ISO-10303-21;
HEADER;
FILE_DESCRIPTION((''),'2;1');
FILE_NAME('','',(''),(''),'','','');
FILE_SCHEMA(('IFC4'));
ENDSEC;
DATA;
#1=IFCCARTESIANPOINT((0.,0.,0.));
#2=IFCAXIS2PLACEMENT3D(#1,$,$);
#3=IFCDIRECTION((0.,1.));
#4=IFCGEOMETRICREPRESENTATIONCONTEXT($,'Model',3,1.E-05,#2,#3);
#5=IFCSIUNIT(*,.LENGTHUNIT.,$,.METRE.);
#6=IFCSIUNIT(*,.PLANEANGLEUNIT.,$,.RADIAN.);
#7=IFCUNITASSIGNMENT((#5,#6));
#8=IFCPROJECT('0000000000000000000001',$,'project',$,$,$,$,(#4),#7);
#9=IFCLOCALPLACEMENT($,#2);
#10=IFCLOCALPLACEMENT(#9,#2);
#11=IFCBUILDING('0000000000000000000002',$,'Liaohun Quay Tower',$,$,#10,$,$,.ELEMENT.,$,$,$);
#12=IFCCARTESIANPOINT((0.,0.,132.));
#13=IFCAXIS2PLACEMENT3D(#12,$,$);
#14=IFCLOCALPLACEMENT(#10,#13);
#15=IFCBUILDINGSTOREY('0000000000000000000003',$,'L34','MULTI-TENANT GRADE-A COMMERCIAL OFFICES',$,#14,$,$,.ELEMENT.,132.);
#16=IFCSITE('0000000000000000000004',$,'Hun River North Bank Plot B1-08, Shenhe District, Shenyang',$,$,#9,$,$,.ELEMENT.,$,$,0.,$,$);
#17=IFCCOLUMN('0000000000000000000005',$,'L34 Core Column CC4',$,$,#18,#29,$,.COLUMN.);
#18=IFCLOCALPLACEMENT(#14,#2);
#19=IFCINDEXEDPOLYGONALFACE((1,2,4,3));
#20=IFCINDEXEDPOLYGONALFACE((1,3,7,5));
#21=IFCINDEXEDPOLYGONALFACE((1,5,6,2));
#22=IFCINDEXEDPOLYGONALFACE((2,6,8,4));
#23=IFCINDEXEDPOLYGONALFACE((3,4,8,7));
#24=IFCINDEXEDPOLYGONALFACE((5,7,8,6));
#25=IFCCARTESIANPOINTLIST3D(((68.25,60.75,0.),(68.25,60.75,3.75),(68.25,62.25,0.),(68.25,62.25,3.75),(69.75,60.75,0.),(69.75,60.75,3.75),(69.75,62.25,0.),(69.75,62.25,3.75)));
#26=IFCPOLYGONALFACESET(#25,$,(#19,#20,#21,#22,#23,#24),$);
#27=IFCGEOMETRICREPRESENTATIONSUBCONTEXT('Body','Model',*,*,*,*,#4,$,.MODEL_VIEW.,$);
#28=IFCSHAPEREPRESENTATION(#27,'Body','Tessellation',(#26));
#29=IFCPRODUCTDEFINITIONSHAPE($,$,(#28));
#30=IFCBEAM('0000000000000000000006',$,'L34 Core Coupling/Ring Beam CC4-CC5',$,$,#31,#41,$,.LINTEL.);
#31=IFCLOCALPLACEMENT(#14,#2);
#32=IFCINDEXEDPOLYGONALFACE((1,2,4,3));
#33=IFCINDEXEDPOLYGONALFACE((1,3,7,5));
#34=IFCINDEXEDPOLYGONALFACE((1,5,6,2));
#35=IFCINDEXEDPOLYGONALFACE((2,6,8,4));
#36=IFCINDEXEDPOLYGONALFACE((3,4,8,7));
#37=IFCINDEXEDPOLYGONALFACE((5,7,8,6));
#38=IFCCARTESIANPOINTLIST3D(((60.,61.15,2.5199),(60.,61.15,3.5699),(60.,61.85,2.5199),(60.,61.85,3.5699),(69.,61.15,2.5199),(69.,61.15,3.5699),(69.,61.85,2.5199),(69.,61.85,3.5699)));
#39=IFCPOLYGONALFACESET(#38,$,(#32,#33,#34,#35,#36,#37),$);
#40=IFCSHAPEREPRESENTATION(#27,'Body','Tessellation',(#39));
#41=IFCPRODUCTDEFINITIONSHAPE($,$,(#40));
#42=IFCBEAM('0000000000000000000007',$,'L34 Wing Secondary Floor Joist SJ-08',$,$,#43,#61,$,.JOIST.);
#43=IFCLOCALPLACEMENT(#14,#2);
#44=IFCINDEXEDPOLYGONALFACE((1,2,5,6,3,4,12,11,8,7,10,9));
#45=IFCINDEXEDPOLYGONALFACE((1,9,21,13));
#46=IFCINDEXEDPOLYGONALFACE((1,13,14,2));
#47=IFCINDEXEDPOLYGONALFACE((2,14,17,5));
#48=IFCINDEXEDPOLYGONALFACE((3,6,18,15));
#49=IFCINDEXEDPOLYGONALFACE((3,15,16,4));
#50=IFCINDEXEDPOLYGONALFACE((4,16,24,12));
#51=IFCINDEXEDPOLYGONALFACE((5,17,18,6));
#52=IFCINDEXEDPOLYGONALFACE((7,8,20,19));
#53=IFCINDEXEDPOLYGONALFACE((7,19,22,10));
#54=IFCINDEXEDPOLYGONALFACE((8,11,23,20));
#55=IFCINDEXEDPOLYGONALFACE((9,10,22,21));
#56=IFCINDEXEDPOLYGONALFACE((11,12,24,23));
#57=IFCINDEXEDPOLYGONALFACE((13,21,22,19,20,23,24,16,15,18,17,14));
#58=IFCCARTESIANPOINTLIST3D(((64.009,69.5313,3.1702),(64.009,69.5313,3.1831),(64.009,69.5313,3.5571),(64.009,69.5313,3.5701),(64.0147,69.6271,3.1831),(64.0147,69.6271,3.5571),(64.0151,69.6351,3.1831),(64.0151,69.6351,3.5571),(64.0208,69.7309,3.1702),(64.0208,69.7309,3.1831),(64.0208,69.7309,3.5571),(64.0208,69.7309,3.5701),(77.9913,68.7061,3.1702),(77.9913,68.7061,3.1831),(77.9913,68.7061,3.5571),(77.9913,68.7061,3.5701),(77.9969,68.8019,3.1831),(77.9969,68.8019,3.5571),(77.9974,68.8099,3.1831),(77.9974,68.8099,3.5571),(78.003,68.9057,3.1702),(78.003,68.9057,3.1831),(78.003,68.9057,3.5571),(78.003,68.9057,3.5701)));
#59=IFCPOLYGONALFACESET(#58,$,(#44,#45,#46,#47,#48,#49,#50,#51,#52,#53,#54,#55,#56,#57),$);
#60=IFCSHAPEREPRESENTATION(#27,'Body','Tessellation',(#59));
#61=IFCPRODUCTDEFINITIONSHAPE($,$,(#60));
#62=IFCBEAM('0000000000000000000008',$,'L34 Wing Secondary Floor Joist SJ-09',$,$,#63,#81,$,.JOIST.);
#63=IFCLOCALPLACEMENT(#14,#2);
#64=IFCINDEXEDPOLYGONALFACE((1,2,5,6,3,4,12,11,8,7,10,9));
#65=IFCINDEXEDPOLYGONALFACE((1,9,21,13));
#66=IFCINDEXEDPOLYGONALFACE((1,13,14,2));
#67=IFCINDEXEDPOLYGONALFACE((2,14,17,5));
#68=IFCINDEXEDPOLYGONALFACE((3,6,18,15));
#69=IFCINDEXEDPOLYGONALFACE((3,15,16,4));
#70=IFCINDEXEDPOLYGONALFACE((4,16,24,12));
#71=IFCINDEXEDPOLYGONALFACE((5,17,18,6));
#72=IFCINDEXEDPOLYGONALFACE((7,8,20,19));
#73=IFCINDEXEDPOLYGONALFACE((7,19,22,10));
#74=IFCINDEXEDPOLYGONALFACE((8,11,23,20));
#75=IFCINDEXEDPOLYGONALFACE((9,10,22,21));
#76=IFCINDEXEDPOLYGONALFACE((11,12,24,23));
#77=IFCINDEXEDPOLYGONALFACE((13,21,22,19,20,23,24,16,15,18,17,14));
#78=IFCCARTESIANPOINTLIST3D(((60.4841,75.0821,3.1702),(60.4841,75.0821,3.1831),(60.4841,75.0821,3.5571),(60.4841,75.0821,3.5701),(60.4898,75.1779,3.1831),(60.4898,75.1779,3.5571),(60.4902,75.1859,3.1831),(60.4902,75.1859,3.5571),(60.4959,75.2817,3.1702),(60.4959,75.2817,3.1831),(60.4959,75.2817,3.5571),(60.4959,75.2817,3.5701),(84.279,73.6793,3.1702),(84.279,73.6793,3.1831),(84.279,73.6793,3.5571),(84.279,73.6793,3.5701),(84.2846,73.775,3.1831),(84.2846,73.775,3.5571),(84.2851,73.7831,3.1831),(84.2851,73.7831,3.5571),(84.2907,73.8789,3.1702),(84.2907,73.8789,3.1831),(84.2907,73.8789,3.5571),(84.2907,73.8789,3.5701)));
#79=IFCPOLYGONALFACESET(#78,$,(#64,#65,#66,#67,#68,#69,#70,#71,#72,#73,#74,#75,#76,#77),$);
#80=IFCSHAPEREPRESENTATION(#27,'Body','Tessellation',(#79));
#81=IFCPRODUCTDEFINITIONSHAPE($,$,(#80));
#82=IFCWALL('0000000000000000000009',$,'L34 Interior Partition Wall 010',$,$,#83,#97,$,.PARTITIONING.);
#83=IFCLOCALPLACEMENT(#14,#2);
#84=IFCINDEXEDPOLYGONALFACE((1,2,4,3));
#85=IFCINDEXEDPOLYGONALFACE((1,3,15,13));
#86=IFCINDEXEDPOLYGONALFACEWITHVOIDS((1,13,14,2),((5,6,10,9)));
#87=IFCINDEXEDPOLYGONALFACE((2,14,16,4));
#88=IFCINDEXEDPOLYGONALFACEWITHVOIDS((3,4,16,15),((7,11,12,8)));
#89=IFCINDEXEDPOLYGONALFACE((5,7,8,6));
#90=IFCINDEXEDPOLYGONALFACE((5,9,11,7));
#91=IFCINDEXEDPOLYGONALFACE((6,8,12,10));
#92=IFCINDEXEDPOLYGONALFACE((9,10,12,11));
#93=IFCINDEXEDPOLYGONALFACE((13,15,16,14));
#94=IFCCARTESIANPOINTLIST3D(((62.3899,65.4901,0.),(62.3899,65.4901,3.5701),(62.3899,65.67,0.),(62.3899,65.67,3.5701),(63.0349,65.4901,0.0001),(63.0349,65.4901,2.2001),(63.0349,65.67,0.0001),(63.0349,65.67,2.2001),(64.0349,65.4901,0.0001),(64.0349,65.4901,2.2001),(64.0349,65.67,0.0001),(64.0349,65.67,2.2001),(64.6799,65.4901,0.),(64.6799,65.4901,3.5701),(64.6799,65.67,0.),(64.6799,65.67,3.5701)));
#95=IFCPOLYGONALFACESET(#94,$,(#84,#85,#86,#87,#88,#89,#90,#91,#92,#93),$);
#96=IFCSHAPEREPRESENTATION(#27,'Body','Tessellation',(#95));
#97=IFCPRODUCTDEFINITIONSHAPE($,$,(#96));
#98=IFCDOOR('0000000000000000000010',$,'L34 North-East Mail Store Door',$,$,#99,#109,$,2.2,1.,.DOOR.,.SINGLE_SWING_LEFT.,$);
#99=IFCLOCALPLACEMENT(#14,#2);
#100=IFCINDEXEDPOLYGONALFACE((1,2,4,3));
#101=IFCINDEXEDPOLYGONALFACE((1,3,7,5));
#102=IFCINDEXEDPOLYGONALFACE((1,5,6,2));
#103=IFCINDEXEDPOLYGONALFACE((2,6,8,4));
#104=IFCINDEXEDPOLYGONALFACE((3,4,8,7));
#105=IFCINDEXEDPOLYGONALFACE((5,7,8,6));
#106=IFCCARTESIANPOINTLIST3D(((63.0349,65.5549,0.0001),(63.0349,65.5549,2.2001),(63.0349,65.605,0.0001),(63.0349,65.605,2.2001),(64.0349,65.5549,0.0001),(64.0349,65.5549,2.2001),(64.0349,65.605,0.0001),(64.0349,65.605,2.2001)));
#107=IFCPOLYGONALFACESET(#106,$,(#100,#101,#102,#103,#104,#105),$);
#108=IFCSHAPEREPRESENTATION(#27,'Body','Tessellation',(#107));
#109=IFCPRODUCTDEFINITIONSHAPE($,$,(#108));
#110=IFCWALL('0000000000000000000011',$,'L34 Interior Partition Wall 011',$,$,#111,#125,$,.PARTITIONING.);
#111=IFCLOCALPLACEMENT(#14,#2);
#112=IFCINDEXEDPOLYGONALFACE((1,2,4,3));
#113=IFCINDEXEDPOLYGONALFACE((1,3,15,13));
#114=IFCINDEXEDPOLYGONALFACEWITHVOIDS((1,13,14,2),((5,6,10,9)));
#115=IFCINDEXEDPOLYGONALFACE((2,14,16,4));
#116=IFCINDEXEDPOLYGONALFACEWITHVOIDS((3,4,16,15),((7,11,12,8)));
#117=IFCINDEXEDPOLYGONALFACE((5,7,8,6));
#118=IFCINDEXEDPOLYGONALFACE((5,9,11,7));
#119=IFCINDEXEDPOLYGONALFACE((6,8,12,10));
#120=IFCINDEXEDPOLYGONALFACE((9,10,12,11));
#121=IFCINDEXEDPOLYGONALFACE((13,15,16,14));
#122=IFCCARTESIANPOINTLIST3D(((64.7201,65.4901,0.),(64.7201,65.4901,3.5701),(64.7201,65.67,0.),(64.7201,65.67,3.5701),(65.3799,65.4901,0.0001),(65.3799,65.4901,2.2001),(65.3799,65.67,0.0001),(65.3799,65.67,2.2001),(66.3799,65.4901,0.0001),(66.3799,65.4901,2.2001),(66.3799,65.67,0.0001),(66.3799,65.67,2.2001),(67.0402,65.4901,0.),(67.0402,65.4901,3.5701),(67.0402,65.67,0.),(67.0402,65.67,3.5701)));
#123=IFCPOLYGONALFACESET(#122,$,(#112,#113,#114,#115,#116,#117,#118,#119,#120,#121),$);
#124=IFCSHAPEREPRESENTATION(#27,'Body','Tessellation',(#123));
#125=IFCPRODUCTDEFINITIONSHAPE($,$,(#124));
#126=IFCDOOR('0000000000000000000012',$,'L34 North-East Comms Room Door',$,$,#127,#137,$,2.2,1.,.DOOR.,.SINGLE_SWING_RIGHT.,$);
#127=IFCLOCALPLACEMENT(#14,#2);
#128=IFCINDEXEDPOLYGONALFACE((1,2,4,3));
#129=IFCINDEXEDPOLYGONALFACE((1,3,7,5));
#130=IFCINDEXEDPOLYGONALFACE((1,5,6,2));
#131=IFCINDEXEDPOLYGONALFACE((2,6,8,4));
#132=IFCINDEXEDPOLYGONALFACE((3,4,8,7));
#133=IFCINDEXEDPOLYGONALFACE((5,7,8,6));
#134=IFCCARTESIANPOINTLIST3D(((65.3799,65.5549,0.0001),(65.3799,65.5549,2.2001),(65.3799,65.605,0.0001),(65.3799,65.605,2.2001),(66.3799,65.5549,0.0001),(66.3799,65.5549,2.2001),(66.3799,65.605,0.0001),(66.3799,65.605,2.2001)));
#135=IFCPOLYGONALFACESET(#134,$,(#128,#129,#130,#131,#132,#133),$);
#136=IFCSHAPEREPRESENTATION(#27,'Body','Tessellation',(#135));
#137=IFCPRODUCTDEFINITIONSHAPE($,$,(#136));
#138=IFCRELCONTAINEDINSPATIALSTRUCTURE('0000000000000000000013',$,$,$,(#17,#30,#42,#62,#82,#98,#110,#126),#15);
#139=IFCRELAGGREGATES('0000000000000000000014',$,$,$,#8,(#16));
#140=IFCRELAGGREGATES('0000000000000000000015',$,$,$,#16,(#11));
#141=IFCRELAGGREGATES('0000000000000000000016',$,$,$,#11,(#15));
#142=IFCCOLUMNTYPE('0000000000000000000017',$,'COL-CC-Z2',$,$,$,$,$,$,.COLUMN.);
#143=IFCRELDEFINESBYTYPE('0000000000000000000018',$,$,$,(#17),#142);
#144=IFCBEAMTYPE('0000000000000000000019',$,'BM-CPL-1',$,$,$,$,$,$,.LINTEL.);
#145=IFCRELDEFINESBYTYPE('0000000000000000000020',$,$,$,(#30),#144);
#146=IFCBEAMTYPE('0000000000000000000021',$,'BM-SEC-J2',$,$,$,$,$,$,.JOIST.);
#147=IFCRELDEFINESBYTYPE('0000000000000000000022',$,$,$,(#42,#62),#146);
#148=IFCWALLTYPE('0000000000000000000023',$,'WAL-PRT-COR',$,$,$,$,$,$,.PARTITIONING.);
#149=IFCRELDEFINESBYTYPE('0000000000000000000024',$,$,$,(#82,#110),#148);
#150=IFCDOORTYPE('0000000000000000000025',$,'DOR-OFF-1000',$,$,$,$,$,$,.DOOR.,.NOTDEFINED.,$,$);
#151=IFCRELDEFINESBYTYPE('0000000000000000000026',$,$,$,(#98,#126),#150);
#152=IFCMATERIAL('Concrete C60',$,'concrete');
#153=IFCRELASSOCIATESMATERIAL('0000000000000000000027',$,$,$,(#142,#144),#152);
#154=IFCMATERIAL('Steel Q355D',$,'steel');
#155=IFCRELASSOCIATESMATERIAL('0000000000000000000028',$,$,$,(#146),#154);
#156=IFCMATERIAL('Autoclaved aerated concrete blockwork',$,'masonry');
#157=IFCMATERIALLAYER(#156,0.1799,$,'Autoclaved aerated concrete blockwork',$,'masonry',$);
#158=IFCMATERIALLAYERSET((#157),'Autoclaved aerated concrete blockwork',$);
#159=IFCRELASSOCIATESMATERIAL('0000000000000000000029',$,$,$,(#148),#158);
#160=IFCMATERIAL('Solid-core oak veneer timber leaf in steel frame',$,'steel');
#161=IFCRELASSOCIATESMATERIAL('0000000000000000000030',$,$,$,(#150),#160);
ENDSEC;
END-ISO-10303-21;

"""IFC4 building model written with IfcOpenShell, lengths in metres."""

from ifc_helpers import new_model, si_unit, direction, frame, frame_2d, origin, origin_2d, place, context, subcontext, project, spatial, rectangle, i_section, extrude, source, transform, mapped, material, layer, layer_set, material_profile, profile_set, type_object, element, fill, save


model = new_model("IFC4")

# Units and contexts
model_context = context("Model", 3, precision=1e-05, world=origin(), true_north=direction((0.0, 1.0)))
body_context = subcontext(model_context, "Body", "Model", "MODEL_VIEW")
ifc_project = project(units=[si_unit("LENGTHUNIT", "METRE"), si_unit("PLANEANGLEUNIT", "RADIAN")], contexts=[model_context])

# Site, building, storey
site_placement = place(None, origin())
site = spatial("IfcSite", under=ifc_project, at=site_placement, Name="Hun River North Bank Plot B1-08, Shenhe District, Shenyang", CompositionType="ELEMENT", RefElevation=0.0)
building_placement = place(site_placement, origin())
building = spatial("IfcBuilding", under=site, at=building_placement, Name="Liaohun Quay Tower", CompositionType="ELEMENT")
storey_placement = place(building_placement, frame((0.0, 0.0, 132.0)))
storey = spatial("IfcBuildingStorey", under=building, at=storey_placement, Name="L34", Description="MULTI-TENANT GRADE-A COMMERCIAL OFFICES", CompositionType="ELEMENT", Elevation=132.0)

# Column
ifc_material_1 = material(Name="Concrete C60", Category="concrete")
ifc_material_profile_1 = material_profile(ifc_material_1, rectangle(XDim=1.5, YDim=1.5, at=origin_2d()), Name="RC1500x1500")
ifc_profile_set_1 = profile_set([ifc_material_profile_1], Name="Concrete C60")
column_type = type_object("IfcColumnType", Name="COL-CC-Z2", PredefinedType="COLUMN", material=ifc_profile_set_1)
shared_shape_1 = source(origin(), body_context, "Body", "SweptSolid", [
    extrude(rectangle(XDim=1.5, YDim=1.5, at=origin_2d()), origin(), (0.0, 0.0, 1.0), 3.75),
])
column_placement = place(storey_placement, frame((69.0, 61.5, 0.0), z_axis=(0.0, 0.0, 1.0), x_axis=(1.0, 0.0, 0.0)))
element("IfcColumn", 1, at=column_placement, inside=storey, type_object=column_type, Name="L34 Core Column CC4", PredefinedType="COLUMN", context=body_context, shape_type="MappedRepresentation", body=[
    mapped(shared_shape_1, transform((0.0, 0.0, 0.0), x_axis=(1.0, 0.0, 0.0), y_axis=(0.0, 1.0, 0.0), z_axis=(0.0, 0.0, 1.0), scale=1.0)),
])

# Beams
ifc_material_profile_2 = material_profile(ifc_material_1, rectangle(XDim=0.7, YDim=1.05, at=origin_2d()), Name="RC700x1050")
ifc_profile_set_2 = profile_set([ifc_material_profile_2], Name="Concrete C60")
beam_type_1 = type_object("IfcBeamType", Name="BM-CPL-1", PredefinedType="LINTEL", material=ifc_profile_set_2)
shared_shape_2 = source(origin(), body_context, "Body", "SweptSolid", [
    extrude(rectangle(XDim=0.7, YDim=1.05, at=origin_2d()), origin(), (0.0, 0.0, 1.0), 9.0),
])
beam_1_placement = place(storey_placement, frame((69.0, 61.5, 3.0449), z_axis=(-1.0, 0.0, 0.0), x_axis=(0.0, -1.0, 0.0)))
element("IfcBeam", 2, at=beam_1_placement, inside=storey, type_object=beam_type_1, Name="L34 Core Coupling/Ring Beam CC4-CC5", PredefinedType="LINTEL", context=body_context, shape_type="MappedRepresentation", body=[
    mapped(shared_shape_2, transform((0.0, 0.0, 0.0), x_axis=(1.0, 0.0, 0.0), y_axis=(0.0, 1.0, 0.0), z_axis=(0.0, 0.0, 1.0), scale=1.0)),
])
ifc_material_2 = material(Name="Steel Q355D", Category="steel")
ifc_material_profile_3 = material_profile(ifc_material_2, i_section(OverallWidth=0.2, OverallDepth=0.3999, WebThickness=0.0081, FlangeThickness=0.0129, at=origin_2d()), Name="HN400x200x8x13")
ifc_profile_set_3 = profile_set([ifc_material_profile_3], Name="Steel Q355D")
beam_type_2 = type_object("IfcBeamType", Name="BM-SEC-J2", PredefinedType="JOIST", material=ifc_profile_set_3)
shared_shape_3 = source(origin(), body_context, "Body", "SweptSolid", [
    extrude(i_section(OverallWidth=0.2, OverallDepth=0.3999, WebThickness=0.0081, FlangeThickness=0.0129, at=origin_2d()), origin(), (0.0, 0.0, 1.0), 14.0066),
])
beam_2_placement = place(storey_placement, frame((64.0149, 69.6311, 3.3701), z_axis=(0.998263, -0.058915, 0.0), x_axis=(0.058915, 0.998263, 0.0)))
element("IfcBeam", 3, at=beam_2_placement, inside=storey, type_object=beam_type_2, Name="L34 Wing Secondary Floor Joist SJ-08", PredefinedType="JOIST", context=body_context, shape_type="MappedRepresentation", body=[
    mapped(shared_shape_3, transform((0.0, 0.0, 0.0), x_axis=(1.0, 0.0, 0.0), y_axis=(0.0, 1.0, 0.0), z_axis=(0.0, 0.0, 1.0), scale=1.0)),
])
shared_shape_4 = source(origin(), body_context, "Body", "SweptSolid", [
    extrude(i_section(OverallWidth=0.2, OverallDepth=0.3999, WebThickness=0.0081, FlangeThickness=0.0129, at=origin_2d()), origin(), (0.0, 0.0, 1.0), 23.8362),
])
beam_3_placement = place(storey_placement, frame((60.49, 75.1819, 3.3701), z_axis=(0.998267, -0.058853, 0.0), x_axis=(0.058853, 0.998267, 0.0)))
element("IfcBeam", 4, at=beam_3_placement, inside=storey, type_object=beam_type_2, Name="L34 Wing Secondary Floor Joist SJ-09", PredefinedType="JOIST", context=body_context, shape_type="MappedRepresentation", body=[
    mapped(shared_shape_4, transform((0.0, 0.0, 0.0), x_axis=(1.0, 0.0, 0.0), y_axis=(0.0, 1.0, 0.0), z_axis=(0.0, 0.0, 1.0), scale=1.0)),
])

# Walls, openings, doors
ifc_material_3 = material(Name="Autoclaved aerated concrete blockwork", Category="masonry")
ifc_layer_1 = layer(ifc_material_3, 0.1799, Name="Autoclaved aerated concrete blockwork", Category="masonry")
ifc_layer_set_1 = layer_set([ifc_layer_1], Name="Autoclaved aerated concrete blockwork")
wall_type_1 = type_object("IfcWallType", Name="WAL-PRT-COR", PredefinedType="PARTITIONING", material=ifc_layer_set_1)
wall_1_placement = place(storey_placement, frame((62.3899, 65.5801, 0.0), z_axis=(0.0, 0.0, 1.0), x_axis=(1.0, 0.0, 0.0)))
wall_1 = element("IfcWall", 5, at=wall_1_placement, inside=storey, type_object=wall_type_1, Name="L34 Interior Partition Wall 010", PredefinedType="PARTITIONING", context=body_context, shape_type="SweptSolid", body=[
    extrude(rectangle(XDim=2.29, YDim=0.1799, at=frame_2d((1.145, 0.0))), origin(), (0.0, 0.0, 1.0), 3.5701),
])
shared_shape_5 = source(origin(), body_context, "Body", "SweptSolid", [
    extrude(rectangle(XDim=1.0, YDim=2.2, at=frame_2d((0.5, 1.1001))), frame((0.0, 0.0999, 0.0), z_axis=(0.0, -1.0, 0.0), x_axis=(1.0, 0.0, 0.0)), (0.0, 0.0, 1.0), 0.2),
])
opening_1_placement = place(wall_1_placement, frame((0.645, 0.0, 0.0)))
opening_1 = element("IfcOpeningElement", 6, at=opening_1_placement, cuts=wall_1, PredefinedType="OPENING", context=body_context, shape_type="MappedRepresentation", body=[
    mapped(shared_shape_5, transform((0.0, 0.0, 0.0), x_axis=(1.0, 0.0, 0.0), y_axis=(0.0, 1.0, 0.0), z_axis=(0.0, 0.0, 1.0), scale=1.0)),
])
ifc_material_4 = material(Name="Solid-core oak veneer timber leaf in steel frame", Category="steel")
door_type_1 = type_object("IfcDoorType", Name="DOR-OFF-1000", OperationType="NOTDEFINED", PredefinedType="DOOR", material=ifc_material_4)
shared_shape_6 = source(origin(), body_context, "Body", "SweptSolid", [
    extrude(rectangle(XDim=1.0, YDim=2.2, at=frame_2d((0.5, 1.1001))), frame((0.0, 0.0249, 0.0), z_axis=(0.0, -1.0, 0.0), x_axis=(1.0, 0.0, 0.0)), (0.0, 0.0, 1.0), 0.05),
])
door_1_placement = place(opening_1_placement, origin())
door_1 = element("IfcDoor", 7, at=door_1_placement, inside=storey, type_object=door_type_1, Name="L34 North-East Mail Store Door", OperationType="SINGLE_SWING_LEFT", OverallHeight=2.2, OverallWidth=1.0, PredefinedType="DOOR", context=body_context, shape_type="MappedRepresentation", body=[
    mapped(shared_shape_6, transform((0.0, 0.0, 0.0), x_axis=(1.0, 0.0, 0.0), y_axis=(0.0, 1.0, 0.0), z_axis=(0.0, 0.0, 1.0), scale=1.0)),
])
fill(opening_1, door_1)
wall_2_placement = place(storey_placement, frame((64.72, 65.5801, 0.0), z_axis=(0.0, 0.0, 1.0), x_axis=(1.0, 0.0, 0.0)))
wall_2 = element("IfcWall", 8, at=wall_2_placement, inside=storey, type_object=wall_type_1, Name="L34 Interior Partition Wall 011", PredefinedType="PARTITIONING", context=body_context, shape_type="SweptSolid", body=[
    extrude(rectangle(XDim=2.3201, YDim=0.1799, at=frame_2d((1.1602, 0.0))), origin(), (0.0, 0.0, 1.0), 3.5701),
])
opening_2_placement = place(wall_2_placement, frame((0.6599, 0.0, 0.0)))
opening_2 = element("IfcOpeningElement", 9, at=opening_2_placement, cuts=wall_2, PredefinedType="OPENING", context=body_context, shape_type="MappedRepresentation", body=[
    mapped(shared_shape_5, transform((0.0, 0.0, 0.0), x_axis=(1.0, 0.0, 0.0), y_axis=(0.0, 1.0, 0.0), z_axis=(0.0, 0.0, 1.0), scale=1.0)),
])
door_2_placement = place(opening_2_placement, origin())
door_2 = element("IfcDoor", 10, at=door_2_placement, inside=storey, type_object=door_type_1, Name="L34 North-East Comms Room Door", OperationType="SINGLE_SWING_RIGHT", OverallHeight=2.2, OverallWidth=1.0, PredefinedType="DOOR", context=body_context, shape_type="MappedRepresentation", body=[
    mapped(shared_shape_6, transform((0.0, 0.0, 0.0), x_axis=(1.0, 0.0, 0.0), y_axis=(0.0, 1.0, 0.0), z_axis=(0.0, 0.0, 1.0), scale=1.0)),
])
fill(opening_2, door_2)

save(model, "model.ifc")
